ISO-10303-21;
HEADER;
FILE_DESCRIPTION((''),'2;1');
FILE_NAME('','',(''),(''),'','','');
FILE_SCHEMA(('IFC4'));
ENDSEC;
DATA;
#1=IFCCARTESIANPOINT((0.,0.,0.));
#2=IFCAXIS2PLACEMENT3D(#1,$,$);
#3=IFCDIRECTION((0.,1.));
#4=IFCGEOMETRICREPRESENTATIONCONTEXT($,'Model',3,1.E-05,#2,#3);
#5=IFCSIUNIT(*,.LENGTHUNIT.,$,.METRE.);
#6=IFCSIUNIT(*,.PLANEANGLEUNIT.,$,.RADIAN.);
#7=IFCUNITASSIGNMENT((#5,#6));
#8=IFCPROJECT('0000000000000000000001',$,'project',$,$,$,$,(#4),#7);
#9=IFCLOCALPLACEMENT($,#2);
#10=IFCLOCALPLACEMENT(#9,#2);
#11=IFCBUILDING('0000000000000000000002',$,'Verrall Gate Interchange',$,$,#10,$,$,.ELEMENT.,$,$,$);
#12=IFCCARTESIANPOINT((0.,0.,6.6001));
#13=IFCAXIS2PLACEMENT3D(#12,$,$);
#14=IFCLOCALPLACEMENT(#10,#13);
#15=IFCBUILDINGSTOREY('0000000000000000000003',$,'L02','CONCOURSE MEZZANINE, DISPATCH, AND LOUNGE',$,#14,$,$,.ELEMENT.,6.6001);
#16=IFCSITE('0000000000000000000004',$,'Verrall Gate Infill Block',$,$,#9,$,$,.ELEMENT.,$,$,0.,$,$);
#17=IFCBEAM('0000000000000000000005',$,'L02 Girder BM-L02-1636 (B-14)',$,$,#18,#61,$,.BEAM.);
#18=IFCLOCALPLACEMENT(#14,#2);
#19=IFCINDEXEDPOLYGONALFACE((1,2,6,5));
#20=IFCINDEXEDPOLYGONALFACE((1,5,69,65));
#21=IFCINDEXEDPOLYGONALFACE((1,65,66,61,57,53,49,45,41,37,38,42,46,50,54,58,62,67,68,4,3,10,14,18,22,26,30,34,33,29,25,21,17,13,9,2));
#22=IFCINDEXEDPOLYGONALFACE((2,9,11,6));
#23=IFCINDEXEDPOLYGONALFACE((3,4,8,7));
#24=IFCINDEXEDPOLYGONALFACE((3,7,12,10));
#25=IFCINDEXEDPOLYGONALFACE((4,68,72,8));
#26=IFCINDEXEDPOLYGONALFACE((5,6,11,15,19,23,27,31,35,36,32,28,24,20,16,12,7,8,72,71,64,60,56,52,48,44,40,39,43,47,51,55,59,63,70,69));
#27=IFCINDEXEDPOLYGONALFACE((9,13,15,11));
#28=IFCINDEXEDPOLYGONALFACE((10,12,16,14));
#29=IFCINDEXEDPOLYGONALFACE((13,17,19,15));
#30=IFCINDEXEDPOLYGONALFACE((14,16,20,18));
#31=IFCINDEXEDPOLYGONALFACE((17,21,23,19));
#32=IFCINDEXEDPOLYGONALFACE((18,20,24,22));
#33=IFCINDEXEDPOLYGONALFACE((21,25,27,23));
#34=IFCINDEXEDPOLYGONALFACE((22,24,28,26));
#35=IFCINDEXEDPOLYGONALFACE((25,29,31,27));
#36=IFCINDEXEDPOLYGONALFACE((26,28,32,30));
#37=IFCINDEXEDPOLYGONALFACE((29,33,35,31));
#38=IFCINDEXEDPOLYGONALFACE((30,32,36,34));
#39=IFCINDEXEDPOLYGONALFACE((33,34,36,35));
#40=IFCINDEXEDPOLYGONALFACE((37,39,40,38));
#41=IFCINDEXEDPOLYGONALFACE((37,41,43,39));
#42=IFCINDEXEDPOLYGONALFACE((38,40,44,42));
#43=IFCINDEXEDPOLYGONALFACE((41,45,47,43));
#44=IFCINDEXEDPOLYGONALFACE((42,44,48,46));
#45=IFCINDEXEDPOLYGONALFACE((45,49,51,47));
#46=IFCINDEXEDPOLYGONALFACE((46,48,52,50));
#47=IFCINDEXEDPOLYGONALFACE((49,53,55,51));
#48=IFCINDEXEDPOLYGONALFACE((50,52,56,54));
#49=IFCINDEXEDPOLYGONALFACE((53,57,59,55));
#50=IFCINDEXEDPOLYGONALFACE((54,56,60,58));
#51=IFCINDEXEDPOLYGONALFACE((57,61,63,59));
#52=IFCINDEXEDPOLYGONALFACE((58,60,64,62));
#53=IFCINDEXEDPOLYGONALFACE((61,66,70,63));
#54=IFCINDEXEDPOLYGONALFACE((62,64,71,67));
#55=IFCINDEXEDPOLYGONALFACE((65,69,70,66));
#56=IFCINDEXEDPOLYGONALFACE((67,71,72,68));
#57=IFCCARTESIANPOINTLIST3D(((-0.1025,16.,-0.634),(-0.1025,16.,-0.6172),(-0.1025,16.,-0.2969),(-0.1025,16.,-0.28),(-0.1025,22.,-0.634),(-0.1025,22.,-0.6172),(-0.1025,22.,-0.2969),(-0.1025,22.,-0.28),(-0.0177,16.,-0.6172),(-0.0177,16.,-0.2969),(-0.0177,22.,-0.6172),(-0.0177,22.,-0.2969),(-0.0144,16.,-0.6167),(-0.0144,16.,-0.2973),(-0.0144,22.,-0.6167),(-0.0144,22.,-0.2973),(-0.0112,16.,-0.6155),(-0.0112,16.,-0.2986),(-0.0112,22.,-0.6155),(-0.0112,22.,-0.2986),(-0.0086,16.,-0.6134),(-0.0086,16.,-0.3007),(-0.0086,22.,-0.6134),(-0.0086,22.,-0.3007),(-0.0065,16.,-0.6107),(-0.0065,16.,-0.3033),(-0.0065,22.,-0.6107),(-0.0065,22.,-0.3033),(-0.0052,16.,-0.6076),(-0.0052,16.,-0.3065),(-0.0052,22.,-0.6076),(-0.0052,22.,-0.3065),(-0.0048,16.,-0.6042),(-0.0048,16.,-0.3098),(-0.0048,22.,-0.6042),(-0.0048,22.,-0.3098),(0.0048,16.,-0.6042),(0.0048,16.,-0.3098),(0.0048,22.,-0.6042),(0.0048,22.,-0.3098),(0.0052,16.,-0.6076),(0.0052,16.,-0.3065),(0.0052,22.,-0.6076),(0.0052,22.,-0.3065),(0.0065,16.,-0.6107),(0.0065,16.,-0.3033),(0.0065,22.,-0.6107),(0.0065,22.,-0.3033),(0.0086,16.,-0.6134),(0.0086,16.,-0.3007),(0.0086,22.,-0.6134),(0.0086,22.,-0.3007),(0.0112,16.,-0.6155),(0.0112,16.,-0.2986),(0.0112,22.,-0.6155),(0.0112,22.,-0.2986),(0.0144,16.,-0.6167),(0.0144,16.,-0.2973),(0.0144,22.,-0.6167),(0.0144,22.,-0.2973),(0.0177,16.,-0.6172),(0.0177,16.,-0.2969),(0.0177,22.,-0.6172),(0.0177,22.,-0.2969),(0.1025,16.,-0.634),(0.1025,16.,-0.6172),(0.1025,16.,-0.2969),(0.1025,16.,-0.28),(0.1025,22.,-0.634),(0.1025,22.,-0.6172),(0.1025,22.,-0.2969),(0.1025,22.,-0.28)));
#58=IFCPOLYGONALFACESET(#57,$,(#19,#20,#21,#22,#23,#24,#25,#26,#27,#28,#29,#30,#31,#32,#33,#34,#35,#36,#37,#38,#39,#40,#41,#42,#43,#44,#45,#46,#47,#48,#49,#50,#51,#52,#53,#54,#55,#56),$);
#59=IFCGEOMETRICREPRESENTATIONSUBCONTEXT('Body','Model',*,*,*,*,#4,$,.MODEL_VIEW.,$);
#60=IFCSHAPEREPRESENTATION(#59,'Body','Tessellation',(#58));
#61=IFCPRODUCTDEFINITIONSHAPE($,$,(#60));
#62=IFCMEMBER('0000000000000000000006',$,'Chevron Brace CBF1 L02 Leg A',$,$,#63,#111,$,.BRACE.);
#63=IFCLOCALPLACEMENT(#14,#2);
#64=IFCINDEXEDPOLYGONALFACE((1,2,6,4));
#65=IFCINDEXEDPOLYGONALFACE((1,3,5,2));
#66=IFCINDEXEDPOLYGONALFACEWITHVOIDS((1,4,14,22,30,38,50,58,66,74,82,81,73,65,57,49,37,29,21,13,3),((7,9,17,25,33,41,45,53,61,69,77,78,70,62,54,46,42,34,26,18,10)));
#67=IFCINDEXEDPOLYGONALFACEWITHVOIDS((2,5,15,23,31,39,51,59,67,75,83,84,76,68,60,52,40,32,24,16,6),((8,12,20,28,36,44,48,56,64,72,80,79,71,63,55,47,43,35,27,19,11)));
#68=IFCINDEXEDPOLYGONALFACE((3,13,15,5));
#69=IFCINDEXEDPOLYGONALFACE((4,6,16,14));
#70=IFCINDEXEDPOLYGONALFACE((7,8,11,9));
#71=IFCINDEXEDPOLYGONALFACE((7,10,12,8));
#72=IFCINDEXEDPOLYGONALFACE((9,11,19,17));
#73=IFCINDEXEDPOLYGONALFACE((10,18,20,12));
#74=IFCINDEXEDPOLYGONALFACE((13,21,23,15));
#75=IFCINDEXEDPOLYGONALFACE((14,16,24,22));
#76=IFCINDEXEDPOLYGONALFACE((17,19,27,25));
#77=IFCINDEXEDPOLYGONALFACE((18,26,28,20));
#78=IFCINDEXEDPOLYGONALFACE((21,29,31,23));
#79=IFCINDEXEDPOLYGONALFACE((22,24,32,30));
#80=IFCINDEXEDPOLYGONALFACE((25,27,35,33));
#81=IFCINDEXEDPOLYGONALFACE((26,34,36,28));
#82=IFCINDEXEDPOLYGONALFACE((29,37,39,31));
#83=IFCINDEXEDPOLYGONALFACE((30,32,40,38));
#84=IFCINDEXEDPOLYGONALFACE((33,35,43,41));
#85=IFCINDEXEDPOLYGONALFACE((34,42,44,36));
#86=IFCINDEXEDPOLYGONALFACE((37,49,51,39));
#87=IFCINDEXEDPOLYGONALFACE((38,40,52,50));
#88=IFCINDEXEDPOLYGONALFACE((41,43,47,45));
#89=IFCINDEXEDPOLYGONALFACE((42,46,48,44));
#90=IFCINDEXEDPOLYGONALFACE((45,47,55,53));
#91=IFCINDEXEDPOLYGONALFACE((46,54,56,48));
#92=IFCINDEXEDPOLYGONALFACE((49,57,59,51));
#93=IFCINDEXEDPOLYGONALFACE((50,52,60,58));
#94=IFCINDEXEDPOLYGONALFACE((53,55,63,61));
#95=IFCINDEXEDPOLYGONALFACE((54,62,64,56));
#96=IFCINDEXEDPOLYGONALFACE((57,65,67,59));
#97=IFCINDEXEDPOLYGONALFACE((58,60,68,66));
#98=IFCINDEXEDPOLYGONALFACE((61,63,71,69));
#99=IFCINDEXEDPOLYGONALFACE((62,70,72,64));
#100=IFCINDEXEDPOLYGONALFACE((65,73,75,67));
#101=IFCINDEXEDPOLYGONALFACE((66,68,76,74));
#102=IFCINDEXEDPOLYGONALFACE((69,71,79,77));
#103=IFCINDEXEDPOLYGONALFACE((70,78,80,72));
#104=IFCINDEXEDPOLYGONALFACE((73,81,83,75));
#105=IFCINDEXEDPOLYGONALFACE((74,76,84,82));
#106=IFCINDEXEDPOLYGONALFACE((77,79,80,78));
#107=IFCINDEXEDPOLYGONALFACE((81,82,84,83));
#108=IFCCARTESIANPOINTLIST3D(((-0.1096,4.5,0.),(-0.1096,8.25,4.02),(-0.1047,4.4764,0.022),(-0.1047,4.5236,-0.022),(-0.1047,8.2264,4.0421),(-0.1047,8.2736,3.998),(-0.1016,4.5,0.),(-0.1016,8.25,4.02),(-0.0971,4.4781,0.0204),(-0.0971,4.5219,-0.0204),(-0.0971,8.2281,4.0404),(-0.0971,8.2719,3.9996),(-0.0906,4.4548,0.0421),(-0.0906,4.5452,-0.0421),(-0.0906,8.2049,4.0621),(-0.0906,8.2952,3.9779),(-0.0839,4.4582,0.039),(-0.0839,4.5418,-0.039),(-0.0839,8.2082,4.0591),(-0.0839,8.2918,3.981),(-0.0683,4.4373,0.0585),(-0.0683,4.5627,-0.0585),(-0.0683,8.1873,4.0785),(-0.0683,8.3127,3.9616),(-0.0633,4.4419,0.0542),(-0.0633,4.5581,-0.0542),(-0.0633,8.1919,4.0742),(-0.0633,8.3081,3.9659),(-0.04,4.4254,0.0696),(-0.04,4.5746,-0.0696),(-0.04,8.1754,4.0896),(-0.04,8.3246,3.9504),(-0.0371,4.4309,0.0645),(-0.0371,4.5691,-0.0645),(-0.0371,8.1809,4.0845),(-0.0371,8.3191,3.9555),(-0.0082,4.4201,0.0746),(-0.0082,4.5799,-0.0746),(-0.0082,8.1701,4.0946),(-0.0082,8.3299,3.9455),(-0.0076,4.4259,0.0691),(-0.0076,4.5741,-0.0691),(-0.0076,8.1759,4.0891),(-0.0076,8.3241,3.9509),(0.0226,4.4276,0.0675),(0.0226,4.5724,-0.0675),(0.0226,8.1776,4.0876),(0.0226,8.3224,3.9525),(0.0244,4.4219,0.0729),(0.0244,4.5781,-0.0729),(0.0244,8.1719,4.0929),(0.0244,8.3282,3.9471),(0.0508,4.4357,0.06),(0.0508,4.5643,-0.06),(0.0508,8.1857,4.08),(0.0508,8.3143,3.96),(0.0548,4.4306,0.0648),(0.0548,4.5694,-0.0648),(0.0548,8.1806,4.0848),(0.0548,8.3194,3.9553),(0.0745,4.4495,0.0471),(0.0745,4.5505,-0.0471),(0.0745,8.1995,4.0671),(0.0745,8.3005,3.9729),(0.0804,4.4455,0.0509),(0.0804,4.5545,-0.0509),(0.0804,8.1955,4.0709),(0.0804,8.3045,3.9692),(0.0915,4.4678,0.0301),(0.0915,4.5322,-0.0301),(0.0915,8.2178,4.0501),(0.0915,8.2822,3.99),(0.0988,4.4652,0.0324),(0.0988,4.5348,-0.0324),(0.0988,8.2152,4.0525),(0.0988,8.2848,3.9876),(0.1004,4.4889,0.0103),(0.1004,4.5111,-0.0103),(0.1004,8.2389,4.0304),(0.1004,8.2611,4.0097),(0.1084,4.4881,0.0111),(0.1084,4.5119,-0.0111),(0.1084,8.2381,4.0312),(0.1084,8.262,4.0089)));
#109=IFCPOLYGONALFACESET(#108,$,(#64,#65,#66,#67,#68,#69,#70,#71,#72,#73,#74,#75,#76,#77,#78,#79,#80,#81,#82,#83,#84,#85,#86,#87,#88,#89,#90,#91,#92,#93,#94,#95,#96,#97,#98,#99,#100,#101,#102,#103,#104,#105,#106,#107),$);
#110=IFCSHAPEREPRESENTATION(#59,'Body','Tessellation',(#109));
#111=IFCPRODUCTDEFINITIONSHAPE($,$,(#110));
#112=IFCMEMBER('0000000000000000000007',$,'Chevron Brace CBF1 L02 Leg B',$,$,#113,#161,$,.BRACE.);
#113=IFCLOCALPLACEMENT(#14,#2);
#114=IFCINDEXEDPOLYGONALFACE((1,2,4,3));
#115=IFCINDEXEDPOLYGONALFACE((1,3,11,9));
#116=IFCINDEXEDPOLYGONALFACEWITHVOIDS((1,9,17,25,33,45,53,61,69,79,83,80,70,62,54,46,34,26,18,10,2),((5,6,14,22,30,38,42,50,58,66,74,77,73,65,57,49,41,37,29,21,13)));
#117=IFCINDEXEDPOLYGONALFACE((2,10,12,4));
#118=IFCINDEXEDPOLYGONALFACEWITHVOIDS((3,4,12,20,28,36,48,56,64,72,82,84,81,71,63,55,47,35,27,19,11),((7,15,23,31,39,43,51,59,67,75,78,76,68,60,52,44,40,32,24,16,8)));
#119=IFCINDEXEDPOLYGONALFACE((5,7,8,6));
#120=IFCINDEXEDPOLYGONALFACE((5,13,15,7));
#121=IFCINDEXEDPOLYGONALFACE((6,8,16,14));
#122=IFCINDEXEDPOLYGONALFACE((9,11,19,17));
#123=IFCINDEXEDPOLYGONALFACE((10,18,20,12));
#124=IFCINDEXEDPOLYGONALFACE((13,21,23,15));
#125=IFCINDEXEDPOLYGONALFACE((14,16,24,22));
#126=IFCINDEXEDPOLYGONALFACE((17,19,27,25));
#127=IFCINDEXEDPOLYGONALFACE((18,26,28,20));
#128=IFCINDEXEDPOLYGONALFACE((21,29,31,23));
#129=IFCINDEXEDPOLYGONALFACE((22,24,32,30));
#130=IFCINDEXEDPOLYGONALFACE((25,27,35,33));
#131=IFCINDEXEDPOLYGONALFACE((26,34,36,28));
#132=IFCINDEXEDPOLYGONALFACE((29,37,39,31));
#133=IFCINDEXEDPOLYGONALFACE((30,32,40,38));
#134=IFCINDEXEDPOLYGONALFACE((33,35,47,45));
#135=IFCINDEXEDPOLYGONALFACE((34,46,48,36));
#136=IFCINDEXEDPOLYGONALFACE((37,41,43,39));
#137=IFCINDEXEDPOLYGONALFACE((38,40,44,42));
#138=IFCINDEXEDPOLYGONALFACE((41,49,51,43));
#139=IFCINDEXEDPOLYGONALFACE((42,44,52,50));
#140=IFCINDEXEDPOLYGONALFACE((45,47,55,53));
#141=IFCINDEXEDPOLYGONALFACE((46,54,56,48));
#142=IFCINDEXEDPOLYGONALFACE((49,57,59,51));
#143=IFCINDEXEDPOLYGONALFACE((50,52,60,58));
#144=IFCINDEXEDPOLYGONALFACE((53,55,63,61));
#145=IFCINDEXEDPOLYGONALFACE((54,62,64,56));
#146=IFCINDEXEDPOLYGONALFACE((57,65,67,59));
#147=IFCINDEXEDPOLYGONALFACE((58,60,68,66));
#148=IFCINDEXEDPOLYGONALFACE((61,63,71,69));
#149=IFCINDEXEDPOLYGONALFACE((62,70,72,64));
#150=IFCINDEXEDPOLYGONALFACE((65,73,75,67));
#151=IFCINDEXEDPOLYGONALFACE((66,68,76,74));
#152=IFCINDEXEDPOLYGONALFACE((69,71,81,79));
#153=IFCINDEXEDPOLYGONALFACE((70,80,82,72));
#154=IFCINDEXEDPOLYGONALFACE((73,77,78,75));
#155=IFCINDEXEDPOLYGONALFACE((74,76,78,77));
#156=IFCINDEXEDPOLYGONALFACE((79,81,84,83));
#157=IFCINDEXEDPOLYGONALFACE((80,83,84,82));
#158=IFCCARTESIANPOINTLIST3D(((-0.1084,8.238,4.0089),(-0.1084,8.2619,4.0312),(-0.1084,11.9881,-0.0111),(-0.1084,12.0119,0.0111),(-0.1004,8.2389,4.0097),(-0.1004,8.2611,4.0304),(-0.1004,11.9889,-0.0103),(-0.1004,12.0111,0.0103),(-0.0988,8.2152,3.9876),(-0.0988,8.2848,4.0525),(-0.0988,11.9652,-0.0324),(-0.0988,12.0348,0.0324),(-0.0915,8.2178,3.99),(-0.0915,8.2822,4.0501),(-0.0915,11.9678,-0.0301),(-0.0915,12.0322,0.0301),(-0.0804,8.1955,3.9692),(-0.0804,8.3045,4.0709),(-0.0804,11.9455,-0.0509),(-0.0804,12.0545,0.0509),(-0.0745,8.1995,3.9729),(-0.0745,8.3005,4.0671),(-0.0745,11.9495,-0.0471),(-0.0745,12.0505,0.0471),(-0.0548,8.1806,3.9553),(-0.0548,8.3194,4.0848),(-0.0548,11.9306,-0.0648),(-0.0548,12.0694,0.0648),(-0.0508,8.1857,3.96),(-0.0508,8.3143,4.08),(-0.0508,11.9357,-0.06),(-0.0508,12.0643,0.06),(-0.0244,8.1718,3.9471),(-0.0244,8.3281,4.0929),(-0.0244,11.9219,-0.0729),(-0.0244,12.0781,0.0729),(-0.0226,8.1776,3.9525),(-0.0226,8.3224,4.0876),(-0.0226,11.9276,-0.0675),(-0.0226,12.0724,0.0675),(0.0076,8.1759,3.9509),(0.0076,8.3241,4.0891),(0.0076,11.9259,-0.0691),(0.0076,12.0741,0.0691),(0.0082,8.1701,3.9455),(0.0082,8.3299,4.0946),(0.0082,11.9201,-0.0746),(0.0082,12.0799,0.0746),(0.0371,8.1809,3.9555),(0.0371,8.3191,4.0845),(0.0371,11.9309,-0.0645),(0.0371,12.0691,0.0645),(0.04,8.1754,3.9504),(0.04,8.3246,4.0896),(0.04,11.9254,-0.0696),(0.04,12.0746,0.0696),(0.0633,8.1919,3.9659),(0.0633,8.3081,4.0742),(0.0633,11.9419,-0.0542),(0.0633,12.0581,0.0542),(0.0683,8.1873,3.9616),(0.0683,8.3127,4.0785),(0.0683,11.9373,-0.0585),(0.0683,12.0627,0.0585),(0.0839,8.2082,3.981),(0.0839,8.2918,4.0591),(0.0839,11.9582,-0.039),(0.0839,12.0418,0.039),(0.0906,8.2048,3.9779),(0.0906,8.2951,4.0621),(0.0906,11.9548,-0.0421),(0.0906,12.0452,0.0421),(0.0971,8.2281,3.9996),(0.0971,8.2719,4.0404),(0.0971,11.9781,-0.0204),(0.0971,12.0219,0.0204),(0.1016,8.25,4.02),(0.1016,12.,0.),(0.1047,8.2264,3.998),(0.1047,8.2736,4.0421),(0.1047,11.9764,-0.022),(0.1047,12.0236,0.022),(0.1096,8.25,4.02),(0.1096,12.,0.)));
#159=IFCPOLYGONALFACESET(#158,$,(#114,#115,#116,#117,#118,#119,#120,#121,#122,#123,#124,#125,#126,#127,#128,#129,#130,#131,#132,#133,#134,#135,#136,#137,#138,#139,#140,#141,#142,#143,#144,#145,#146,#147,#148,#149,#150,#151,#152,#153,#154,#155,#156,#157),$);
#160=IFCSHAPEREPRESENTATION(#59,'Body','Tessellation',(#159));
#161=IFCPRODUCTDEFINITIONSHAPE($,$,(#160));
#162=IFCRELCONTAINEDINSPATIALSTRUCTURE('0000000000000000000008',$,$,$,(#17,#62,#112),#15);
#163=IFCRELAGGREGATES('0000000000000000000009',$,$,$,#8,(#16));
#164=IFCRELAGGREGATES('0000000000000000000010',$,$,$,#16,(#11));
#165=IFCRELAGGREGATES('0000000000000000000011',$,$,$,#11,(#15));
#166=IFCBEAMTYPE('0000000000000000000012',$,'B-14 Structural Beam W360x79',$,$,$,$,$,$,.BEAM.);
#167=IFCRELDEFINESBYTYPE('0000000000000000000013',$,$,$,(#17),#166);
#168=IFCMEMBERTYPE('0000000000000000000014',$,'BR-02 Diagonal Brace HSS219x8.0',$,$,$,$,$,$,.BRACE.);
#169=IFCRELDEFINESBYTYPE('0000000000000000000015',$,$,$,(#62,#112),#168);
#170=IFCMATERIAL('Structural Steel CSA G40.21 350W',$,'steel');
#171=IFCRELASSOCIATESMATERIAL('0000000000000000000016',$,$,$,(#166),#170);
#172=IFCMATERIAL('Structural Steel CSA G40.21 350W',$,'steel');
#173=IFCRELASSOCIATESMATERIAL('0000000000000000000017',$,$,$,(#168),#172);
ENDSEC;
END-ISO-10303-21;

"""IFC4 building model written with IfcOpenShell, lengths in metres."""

from ifc_helpers import new_model, si_unit, direction, frame, origin, origin_2d, place, context, subcontext, project, spatial, hollow_circle, i_section, extrude, material, material_profile, profile_set, type_object, element, save


model = new_model("IFC4")

# Units and contexts
model_context = context("Model", 3, precision=1e-05, world=origin(), true_north=direction((0.0, 1.0)))
body_context = subcontext(model_context, "Body", "Model", "MODEL_VIEW")
ifc_project = project(units=[si_unit("LENGTHUNIT", "METRE"), si_unit("PLANEANGLEUNIT", "RADIAN")], contexts=[model_context])

# Site, building, storey
site_placement = place(None, origin())
site = spatial("IfcSite", under=ifc_project, at=site_placement, Name="Verrall Gate Infill Block", CompositionType="ELEMENT", RefElevation=0.0)
building_placement = place(site_placement, origin())
building = spatial("IfcBuilding", under=site, at=building_placement, Name="Verrall Gate Interchange", CompositionType="ELEMENT")
storey_placement = place(building_placement, frame((0.0, 0.0, 6.6001)))
storey = spatial("IfcBuildingStorey", under=building, at=storey_placement, Name="L02", Description="CONCOURSE MEZZANINE, DISPATCH, AND LOUNGE", CompositionType="ELEMENT", Elevation=6.6001)

# Beam
ifc_material_1 = material(Name="Structural Steel CSA G40.21 350W", Category="steel")
ifc_material_profile_1 = material_profile(ifc_material_1, i_section(OverallWidth=0.2051, OverallDepth=0.354, WebThickness=0.0095, FlangeThickness=0.0168, FilletRadius=0.0129, at=origin_2d()), Name="W360x79")
ifc_profile_set_1 = profile_set([ifc_material_profile_1], Name="Structural Steel CSA G40.21 350W")
beam_type_1 = type_object("IfcBeamType", Name="B-14 Structural Beam W360x79", PredefinedType="BEAM", material=ifc_profile_set_1)
beam_1_placement = place(storey_placement, frame((0.0, 16.0, -0.457), z_axis=(0.0, 1.0, 0.0), x_axis=(-1.0, 0.0, 0.0)))
element("IfcBeam", 1, at=beam_1_placement, inside=storey, type_object=beam_type_1, Name="L02 Girder BM-L02-1636 (B-14)", PredefinedType="BEAM", context=body_context, shape_type="SweptSolid", body=[
    extrude(i_section(OverallWidth=0.2051, OverallDepth=0.354, WebThickness=0.0095, FlangeThickness=0.0168, FilletRadius=0.0129, at=origin_2d()), origin(), (0.0, 0.0, 1.0), 6.0),
])

# Members
ifc_material_2 = material(Name="Structural Steel CSA G40.21 350W", Category="steel")
ifc_material_profile_2 = material_profile(ifc_material_2, hollow_circle(Radius=0.1096, WallThickness=0.0081, at=origin_2d()), Name="HSS219x8.0")
ifc_profile_set_2 = profile_set([ifc_material_profile_2], Name="Structural Steel CSA G40.21 350W")
member_type = type_object("IfcMemberType", Name="BR-02 Diagonal Brace HSS219x8.0", PredefinedType="BRACE", material=ifc_profile_set_2)
for number, where, z_axis, x_axis, name in (
    (2, (0.0, 4.5, 0.0), (0.0, 0.682122, 0.731238), (-1.0, 0.0, 0.0), "Chevron Brace CBF1 L02 Leg A"),
    (3, (0.0, 12.0, 0.0), (0.0, -0.682122, 0.731238), (1.0, 0.0, 0.0), "Chevron Brace CBF1 L02 Leg B"),
):
    element("IfcMember", number, at=place(storey_placement, frame(where, z_axis=z_axis, x_axis=x_axis)), inside=storey, type_object=member_type, Name=name, PredefinedType="BRACE", context=body_context, shape_type="SweptSolid", body=[
        extrude(hollow_circle(Radius=0.1096, WallThickness=0.0081, at=origin_2d()), origin(), (0.0, 0.0, 1.0), 5.4976),
    ])

save(model, "model.ifc")
